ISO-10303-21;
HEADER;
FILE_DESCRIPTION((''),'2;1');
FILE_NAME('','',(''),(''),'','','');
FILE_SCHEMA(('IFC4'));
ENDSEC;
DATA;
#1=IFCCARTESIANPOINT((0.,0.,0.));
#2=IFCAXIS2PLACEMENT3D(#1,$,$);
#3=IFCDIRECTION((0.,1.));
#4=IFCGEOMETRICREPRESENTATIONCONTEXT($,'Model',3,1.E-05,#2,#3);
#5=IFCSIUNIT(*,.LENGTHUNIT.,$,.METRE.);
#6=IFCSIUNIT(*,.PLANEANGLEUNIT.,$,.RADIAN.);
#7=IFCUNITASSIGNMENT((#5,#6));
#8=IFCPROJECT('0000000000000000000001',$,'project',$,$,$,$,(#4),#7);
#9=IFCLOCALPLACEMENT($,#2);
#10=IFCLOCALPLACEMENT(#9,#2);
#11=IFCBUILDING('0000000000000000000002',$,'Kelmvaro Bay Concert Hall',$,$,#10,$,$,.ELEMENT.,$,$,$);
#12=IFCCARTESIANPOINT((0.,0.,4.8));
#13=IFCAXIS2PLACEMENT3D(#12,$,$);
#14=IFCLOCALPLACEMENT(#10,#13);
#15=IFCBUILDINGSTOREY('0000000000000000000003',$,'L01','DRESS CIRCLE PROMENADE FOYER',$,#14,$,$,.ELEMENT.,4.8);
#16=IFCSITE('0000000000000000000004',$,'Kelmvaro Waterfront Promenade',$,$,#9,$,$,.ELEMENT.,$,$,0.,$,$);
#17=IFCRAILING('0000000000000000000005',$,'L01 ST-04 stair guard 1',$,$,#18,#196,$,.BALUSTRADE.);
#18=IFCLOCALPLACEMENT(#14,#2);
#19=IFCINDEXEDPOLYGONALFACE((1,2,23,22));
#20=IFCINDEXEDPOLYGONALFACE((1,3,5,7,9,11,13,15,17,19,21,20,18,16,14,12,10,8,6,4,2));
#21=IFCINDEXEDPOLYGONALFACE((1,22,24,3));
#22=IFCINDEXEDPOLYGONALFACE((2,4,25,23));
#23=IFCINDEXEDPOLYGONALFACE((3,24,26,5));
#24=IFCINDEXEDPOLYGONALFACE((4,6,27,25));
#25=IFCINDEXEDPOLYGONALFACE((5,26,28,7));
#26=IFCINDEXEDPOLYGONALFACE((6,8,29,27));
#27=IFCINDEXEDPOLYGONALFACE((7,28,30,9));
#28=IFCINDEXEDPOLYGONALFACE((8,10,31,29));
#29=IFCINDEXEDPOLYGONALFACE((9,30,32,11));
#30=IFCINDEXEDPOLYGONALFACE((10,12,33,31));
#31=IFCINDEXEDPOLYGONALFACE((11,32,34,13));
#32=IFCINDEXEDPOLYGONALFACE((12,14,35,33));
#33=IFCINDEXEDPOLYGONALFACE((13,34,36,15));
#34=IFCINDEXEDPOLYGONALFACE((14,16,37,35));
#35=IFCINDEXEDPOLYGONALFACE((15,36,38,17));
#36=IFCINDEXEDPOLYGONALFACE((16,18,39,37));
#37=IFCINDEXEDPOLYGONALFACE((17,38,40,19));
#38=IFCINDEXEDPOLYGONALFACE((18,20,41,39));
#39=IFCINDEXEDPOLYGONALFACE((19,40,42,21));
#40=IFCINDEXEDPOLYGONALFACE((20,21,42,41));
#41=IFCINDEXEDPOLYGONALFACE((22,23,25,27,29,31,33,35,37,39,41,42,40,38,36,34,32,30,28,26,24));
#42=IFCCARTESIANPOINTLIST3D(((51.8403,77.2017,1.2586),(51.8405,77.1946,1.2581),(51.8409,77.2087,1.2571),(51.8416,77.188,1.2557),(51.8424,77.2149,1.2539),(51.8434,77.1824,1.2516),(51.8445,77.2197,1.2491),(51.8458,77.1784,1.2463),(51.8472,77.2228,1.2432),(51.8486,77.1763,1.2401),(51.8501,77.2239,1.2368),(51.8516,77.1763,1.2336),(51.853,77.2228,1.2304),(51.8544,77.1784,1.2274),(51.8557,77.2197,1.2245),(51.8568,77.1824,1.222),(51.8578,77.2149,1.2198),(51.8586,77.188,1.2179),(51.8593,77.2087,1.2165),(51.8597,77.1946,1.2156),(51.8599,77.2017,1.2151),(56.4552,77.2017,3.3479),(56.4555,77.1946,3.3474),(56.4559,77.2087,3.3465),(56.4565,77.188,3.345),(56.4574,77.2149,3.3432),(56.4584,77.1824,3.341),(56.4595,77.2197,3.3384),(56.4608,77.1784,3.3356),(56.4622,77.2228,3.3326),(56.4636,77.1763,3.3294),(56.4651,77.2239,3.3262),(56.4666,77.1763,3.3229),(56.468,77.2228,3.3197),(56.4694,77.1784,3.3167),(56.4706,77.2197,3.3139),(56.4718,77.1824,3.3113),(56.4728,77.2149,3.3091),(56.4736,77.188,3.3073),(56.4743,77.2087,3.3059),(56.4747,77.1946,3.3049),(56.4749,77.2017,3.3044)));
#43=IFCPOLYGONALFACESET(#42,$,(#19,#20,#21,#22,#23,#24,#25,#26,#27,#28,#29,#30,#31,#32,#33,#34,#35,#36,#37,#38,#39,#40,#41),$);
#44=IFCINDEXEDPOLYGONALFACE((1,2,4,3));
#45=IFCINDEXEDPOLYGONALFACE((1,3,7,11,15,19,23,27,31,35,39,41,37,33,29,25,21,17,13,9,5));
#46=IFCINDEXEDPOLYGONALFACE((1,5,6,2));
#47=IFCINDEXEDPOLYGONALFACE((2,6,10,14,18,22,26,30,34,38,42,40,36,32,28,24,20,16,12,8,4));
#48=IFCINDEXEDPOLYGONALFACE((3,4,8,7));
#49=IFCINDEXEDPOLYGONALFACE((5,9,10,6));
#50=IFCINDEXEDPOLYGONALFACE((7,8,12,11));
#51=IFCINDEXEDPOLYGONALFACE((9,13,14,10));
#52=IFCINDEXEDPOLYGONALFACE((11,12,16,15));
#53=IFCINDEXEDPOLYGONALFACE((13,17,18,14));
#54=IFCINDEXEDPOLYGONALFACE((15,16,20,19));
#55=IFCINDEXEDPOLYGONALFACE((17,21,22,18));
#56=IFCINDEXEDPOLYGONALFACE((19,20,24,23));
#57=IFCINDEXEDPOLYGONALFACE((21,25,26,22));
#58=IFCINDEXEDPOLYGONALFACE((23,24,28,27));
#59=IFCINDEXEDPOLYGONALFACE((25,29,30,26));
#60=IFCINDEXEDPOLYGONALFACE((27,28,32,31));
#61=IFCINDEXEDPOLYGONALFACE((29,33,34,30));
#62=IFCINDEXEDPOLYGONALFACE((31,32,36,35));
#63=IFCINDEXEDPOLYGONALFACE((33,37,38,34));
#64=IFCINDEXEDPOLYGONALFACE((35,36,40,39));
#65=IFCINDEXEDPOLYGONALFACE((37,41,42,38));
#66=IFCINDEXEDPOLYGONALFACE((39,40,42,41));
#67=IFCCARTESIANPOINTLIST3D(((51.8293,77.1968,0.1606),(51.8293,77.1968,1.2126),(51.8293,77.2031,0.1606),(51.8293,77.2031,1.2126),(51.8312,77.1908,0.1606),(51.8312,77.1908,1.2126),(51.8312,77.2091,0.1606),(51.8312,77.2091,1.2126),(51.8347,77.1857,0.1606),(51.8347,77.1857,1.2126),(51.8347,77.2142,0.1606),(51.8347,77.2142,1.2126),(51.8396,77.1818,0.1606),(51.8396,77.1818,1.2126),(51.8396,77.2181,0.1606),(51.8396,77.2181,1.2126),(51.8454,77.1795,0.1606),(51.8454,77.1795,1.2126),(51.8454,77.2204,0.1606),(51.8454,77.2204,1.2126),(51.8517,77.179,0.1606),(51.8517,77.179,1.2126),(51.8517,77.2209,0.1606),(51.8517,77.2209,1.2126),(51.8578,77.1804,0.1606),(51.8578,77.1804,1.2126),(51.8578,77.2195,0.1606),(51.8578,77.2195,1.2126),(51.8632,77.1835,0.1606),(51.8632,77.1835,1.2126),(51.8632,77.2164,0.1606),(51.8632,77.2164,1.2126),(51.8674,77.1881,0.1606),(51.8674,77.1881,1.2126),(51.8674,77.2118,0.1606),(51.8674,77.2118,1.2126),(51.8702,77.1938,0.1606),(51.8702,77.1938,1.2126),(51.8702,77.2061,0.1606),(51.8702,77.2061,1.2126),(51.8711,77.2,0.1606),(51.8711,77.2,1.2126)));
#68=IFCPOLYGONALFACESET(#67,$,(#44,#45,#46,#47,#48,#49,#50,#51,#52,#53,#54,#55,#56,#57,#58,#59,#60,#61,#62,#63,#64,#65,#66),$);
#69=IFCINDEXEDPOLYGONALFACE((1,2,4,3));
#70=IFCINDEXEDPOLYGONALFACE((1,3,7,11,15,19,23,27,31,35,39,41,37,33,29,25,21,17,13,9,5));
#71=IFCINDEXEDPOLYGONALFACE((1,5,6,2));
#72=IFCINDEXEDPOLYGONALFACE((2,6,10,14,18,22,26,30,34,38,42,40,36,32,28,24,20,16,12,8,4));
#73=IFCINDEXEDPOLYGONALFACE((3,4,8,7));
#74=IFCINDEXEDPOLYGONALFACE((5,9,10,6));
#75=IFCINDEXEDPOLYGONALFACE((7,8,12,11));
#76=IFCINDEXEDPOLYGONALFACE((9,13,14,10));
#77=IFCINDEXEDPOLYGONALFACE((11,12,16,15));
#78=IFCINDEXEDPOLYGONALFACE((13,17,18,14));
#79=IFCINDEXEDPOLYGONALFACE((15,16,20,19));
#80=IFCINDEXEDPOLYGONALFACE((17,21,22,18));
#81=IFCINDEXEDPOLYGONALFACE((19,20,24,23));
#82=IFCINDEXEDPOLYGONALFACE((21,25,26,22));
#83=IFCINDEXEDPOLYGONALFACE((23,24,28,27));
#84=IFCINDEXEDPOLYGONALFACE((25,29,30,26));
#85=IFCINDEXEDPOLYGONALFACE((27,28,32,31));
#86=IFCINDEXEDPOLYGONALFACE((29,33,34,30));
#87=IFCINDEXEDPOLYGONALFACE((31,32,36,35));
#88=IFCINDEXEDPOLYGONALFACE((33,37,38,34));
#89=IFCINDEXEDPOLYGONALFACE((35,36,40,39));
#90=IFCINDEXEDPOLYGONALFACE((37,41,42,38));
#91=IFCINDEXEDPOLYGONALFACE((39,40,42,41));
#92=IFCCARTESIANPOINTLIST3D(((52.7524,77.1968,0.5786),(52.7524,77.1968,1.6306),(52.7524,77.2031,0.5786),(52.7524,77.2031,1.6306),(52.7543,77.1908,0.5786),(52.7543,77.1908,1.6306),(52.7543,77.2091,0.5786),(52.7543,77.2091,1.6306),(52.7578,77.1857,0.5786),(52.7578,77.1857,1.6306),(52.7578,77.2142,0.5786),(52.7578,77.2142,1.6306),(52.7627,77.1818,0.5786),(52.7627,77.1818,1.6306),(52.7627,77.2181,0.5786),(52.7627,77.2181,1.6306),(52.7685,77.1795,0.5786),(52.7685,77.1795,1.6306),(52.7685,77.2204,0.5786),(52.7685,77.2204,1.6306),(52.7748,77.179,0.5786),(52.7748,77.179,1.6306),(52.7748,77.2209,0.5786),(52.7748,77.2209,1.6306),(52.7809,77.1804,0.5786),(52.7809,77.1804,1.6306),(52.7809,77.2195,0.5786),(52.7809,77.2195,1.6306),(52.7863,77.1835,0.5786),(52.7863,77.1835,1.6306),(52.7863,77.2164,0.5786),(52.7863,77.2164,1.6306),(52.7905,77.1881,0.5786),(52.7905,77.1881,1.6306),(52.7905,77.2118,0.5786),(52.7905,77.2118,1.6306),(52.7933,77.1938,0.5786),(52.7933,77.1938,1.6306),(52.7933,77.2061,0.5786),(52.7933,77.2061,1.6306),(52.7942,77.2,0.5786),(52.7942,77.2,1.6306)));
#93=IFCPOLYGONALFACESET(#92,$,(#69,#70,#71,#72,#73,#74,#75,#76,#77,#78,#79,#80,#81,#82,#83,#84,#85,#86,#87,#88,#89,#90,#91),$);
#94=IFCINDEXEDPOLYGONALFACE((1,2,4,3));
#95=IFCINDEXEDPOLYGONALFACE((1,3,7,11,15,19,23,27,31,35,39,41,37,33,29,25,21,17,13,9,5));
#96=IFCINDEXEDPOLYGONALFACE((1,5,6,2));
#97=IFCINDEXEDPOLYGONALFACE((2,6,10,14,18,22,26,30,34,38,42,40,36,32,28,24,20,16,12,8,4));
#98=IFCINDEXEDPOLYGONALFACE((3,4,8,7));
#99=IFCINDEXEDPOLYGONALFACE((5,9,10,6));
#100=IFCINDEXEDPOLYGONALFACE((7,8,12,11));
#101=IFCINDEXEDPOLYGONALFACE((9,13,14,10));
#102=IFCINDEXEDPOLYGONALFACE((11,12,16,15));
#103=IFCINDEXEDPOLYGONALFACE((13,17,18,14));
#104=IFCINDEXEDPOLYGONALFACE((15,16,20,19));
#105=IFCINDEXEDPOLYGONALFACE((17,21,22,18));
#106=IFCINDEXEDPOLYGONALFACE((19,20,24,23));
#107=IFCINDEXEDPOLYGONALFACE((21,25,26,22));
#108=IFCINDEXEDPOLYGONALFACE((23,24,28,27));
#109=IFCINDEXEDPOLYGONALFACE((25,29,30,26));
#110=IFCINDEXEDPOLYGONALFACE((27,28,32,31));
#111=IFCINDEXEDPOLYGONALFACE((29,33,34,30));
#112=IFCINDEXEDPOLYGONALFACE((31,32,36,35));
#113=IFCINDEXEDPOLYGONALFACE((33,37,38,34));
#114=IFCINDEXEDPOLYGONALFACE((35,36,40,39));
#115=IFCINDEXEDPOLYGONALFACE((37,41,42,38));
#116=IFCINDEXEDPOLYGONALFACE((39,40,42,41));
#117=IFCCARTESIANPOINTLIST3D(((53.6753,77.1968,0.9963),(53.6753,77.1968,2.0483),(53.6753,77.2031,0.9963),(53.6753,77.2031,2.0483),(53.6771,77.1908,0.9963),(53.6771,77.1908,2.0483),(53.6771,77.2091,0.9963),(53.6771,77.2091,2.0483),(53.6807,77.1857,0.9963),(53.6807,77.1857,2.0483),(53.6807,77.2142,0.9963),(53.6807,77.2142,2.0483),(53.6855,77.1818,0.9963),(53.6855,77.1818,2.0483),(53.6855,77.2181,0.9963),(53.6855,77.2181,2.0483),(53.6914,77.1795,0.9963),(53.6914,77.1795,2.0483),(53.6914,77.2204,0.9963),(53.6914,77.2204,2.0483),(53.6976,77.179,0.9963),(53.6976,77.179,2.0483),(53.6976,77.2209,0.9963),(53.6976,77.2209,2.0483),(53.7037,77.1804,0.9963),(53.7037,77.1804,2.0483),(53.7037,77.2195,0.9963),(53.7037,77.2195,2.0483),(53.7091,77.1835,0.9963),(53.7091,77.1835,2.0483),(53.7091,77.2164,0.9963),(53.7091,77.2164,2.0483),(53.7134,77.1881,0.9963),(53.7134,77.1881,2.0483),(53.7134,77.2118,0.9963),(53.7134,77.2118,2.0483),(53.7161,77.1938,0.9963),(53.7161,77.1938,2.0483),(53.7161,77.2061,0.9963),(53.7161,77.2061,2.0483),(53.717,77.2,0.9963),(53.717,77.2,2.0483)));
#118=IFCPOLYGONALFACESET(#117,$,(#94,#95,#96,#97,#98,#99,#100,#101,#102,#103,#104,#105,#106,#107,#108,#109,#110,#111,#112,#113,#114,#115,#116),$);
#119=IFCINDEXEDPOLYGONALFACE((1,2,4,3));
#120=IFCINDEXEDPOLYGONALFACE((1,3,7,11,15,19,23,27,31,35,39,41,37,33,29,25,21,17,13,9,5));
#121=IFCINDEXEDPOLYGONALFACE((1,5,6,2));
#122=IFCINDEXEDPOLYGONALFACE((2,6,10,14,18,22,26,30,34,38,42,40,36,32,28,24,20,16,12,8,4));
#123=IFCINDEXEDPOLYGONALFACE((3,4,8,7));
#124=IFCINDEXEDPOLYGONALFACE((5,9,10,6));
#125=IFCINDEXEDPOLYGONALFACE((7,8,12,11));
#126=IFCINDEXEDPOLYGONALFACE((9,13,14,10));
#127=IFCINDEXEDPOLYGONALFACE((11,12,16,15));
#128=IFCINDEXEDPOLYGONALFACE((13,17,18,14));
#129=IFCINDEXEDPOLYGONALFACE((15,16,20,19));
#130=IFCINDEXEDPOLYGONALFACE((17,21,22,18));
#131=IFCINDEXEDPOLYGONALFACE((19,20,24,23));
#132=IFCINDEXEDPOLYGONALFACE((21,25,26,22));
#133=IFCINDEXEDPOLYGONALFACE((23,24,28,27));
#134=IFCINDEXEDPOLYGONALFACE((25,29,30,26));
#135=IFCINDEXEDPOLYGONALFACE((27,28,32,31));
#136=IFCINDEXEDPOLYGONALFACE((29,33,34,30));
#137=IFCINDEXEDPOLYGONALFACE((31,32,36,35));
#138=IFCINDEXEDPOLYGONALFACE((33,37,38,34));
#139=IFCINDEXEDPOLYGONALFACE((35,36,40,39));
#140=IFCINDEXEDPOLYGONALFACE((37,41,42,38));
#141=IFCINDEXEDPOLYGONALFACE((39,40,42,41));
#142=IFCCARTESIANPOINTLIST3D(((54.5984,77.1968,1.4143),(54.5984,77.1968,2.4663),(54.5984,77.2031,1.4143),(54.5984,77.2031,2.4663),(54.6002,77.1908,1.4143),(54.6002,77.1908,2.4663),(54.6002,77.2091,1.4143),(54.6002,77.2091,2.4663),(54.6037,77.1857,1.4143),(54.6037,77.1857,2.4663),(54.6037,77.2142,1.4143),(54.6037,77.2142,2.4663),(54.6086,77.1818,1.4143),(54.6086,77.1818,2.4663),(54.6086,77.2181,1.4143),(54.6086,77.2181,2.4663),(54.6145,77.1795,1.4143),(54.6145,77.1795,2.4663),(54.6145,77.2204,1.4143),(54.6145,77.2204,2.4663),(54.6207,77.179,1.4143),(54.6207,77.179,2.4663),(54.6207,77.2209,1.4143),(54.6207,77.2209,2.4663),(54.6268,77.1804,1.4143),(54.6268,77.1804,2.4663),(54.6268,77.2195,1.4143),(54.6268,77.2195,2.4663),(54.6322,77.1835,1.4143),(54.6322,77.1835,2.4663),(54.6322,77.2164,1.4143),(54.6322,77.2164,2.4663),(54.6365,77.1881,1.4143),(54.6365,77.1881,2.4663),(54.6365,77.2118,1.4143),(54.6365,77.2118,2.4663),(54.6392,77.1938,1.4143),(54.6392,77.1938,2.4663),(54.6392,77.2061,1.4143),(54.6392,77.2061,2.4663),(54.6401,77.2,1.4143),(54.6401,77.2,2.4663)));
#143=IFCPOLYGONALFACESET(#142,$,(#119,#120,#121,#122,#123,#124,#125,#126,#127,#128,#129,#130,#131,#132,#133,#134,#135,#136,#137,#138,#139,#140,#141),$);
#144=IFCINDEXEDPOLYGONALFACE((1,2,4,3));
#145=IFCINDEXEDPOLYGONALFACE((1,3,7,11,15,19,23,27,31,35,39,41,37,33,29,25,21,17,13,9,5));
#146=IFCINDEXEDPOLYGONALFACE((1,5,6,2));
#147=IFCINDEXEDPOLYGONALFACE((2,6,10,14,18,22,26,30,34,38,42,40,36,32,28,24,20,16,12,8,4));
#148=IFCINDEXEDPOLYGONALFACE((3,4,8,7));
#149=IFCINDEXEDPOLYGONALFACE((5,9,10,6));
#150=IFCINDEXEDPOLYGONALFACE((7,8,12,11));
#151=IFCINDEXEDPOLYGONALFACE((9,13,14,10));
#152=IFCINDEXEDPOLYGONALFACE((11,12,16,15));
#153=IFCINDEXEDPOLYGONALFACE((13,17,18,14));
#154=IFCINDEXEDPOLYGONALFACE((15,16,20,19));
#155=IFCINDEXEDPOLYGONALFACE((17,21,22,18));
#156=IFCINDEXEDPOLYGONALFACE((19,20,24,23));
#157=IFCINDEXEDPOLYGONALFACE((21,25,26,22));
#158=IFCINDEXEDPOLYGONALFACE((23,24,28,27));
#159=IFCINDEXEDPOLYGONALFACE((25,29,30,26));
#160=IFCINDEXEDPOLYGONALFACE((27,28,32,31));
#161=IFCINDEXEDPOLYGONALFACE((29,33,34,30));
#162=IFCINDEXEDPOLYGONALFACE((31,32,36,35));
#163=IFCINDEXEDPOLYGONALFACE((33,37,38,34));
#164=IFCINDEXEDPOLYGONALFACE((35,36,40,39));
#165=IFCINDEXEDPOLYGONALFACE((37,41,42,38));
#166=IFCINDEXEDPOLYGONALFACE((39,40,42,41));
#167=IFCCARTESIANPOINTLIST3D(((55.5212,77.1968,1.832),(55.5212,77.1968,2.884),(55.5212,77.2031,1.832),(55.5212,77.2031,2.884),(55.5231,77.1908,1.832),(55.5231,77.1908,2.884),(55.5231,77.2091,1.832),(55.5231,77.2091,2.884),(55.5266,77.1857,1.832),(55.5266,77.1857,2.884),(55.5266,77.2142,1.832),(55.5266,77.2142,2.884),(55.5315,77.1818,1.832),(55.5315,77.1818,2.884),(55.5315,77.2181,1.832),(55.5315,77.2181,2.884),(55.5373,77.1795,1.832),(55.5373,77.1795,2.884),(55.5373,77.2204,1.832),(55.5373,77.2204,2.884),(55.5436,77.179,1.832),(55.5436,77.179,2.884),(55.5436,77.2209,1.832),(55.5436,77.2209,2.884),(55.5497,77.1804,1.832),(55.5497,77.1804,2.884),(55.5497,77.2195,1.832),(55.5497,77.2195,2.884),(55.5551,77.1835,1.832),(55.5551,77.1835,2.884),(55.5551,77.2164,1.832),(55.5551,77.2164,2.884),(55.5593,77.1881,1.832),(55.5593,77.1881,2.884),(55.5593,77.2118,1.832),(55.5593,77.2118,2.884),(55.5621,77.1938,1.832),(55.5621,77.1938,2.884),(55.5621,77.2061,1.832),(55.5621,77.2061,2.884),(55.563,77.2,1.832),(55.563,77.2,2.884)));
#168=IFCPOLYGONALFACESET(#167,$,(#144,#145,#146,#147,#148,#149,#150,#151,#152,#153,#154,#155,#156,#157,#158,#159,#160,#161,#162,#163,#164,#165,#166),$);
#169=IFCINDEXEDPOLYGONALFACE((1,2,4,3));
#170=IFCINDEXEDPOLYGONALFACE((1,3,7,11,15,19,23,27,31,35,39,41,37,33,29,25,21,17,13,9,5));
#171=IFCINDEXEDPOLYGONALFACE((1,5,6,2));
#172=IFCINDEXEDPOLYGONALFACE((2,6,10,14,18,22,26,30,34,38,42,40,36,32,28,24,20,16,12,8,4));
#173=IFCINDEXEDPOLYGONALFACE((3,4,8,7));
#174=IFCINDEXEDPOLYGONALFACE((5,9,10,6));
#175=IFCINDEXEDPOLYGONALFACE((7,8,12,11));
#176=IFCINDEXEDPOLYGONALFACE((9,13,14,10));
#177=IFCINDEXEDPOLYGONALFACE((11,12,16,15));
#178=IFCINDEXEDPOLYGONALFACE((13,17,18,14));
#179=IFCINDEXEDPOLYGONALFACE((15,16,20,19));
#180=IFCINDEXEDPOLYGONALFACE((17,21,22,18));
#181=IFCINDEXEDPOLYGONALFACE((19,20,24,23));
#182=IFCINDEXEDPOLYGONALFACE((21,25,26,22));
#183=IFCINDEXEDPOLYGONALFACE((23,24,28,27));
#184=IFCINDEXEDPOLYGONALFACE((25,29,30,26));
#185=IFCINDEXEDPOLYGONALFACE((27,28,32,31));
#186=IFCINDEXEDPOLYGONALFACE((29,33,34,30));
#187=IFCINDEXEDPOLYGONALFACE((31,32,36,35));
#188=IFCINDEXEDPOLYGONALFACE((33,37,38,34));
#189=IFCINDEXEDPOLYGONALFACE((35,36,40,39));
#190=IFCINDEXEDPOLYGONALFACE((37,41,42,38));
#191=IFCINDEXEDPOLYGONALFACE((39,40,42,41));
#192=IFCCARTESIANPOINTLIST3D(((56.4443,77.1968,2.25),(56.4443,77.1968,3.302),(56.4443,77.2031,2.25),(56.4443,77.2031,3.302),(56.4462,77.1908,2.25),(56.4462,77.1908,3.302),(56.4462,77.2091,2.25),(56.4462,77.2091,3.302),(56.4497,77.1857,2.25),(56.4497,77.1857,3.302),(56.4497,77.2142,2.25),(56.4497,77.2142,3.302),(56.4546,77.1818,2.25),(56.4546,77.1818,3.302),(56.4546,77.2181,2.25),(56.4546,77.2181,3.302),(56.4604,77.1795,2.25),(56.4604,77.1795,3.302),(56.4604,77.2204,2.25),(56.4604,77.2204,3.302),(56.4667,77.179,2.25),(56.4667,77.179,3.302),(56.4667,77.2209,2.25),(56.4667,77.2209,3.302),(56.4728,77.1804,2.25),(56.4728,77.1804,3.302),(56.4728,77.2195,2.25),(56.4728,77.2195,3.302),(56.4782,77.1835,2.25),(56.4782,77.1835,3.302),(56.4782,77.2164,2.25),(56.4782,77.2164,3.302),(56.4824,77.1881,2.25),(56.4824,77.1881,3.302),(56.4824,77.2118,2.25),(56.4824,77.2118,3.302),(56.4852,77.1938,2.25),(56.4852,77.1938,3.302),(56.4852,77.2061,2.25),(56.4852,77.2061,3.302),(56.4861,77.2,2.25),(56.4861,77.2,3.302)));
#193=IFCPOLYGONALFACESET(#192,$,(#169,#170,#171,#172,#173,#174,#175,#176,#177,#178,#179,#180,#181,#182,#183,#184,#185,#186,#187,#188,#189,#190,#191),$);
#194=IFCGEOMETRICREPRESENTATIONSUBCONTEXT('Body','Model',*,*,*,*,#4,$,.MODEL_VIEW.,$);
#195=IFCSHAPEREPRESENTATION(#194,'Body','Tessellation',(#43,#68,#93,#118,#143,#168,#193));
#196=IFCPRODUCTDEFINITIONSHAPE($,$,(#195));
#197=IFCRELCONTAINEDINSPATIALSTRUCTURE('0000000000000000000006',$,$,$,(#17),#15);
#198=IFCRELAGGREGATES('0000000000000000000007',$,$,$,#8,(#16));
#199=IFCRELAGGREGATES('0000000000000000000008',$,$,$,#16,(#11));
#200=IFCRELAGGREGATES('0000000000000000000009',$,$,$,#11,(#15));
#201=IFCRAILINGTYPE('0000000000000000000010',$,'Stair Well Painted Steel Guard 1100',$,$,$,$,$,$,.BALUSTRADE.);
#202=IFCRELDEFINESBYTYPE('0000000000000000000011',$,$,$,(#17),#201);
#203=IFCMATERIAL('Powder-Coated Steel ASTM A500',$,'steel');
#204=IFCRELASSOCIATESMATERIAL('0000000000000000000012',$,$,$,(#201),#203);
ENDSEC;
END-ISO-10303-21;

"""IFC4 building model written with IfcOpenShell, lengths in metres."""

from ifc_helpers import new_model, si_unit, direction, frame, origin, origin_2d, place, context, subcontext, project, spatial, circle, extrude, material, type_object, element, save


model = new_model("IFC4")

# Units and contexts
model_context = context("Model", 3, precision=1e-05, world=origin(), true_north=direction((0.0, 1.0)))
body_context = subcontext(model_context, "Body", "Model", "MODEL_VIEW")
ifc_project = project(units=[si_unit("LENGTHUNIT", "METRE"), si_unit("PLANEANGLEUNIT", "RADIAN")], contexts=[model_context])

# Site, building, storey
site_placement = place(None, origin())
site = spatial("IfcSite", under=ifc_project, at=site_placement, Name="Kelmvaro Waterfront Promenade", CompositionType="ELEMENT", RefElevation=0.0)
building_placement = place(site_placement, origin())
building = spatial("IfcBuilding", under=site, at=building_placement, Name="Kelmvaro Bay Concert Hall", CompositionType="ELEMENT")
storey_placement = place(building_placement, frame((0.0, 0.0, 4.8)))
storey = spatial("IfcBuildingStorey", under=building, at=storey_placement, Name="L01", Description="DRESS CIRCLE PROMENADE FOYER", CompositionType="ELEMENT", Elevation=4.8)

# Railing
ifc_material_1 = material(Name="Powder-Coated Steel ASTM A500", Category="steel")
railing_type_1 = type_object("IfcRailingType", Name="Stair Well Painted Steel Guard 1100", PredefinedType="BALUSTRADE", material=ifc_material_1)
railing_1_placement = place(storey_placement, frame((51.8501, 77.2, 0.1606)))
element("IfcRailing", 1, at=railing_1_placement, inside=storey, type_object=railing_type_1, Name="L01 ST-04 stair guard 1", PredefinedType="BALUSTRADE", context=body_context, shape_type="SweptSolid", body=[
    extrude(circle(Radius=0.0239, at=origin_2d()), frame((0.0, 0.0, 1.0762), z_axis=(0.910988, 0.0, 0.412434), x_axis=(0.0, 1.0, 0.0)), (0.0, 0.0, 1.0), 5.0659),
    extrude(circle(Radius=0.021, at=origin_2d()), origin(), (0.0, 0.0, 1.0), 1.052),
    extrude(circle(Radius=0.021, at=origin_2d()), frame((0.9231, 0.0, 0.418)), (0.0, 0.0, 1.0), 1.052),
    extrude(circle(Radius=0.021, at=origin_2d()), frame((1.8459, 0.0, 0.8357)), (0.0, 0.0, 1.0), 1.052),
    extrude(circle(Radius=0.021, at=origin_2d()), frame((2.769, 0.0, 1.2537)), (0.0, 0.0, 1.0), 1.052),
    extrude(circle(Radius=0.021, at=origin_2d()), frame((3.6919, 0.0, 1.6714)), (0.0, 0.0, 1.0), 1.052),
    extrude(circle(Radius=0.021, at=origin_2d()), frame((4.615, 0.0, 2.0894)), (0.0, 0.0, 1.0), 1.052),
])

save(model, "model.ifc")
